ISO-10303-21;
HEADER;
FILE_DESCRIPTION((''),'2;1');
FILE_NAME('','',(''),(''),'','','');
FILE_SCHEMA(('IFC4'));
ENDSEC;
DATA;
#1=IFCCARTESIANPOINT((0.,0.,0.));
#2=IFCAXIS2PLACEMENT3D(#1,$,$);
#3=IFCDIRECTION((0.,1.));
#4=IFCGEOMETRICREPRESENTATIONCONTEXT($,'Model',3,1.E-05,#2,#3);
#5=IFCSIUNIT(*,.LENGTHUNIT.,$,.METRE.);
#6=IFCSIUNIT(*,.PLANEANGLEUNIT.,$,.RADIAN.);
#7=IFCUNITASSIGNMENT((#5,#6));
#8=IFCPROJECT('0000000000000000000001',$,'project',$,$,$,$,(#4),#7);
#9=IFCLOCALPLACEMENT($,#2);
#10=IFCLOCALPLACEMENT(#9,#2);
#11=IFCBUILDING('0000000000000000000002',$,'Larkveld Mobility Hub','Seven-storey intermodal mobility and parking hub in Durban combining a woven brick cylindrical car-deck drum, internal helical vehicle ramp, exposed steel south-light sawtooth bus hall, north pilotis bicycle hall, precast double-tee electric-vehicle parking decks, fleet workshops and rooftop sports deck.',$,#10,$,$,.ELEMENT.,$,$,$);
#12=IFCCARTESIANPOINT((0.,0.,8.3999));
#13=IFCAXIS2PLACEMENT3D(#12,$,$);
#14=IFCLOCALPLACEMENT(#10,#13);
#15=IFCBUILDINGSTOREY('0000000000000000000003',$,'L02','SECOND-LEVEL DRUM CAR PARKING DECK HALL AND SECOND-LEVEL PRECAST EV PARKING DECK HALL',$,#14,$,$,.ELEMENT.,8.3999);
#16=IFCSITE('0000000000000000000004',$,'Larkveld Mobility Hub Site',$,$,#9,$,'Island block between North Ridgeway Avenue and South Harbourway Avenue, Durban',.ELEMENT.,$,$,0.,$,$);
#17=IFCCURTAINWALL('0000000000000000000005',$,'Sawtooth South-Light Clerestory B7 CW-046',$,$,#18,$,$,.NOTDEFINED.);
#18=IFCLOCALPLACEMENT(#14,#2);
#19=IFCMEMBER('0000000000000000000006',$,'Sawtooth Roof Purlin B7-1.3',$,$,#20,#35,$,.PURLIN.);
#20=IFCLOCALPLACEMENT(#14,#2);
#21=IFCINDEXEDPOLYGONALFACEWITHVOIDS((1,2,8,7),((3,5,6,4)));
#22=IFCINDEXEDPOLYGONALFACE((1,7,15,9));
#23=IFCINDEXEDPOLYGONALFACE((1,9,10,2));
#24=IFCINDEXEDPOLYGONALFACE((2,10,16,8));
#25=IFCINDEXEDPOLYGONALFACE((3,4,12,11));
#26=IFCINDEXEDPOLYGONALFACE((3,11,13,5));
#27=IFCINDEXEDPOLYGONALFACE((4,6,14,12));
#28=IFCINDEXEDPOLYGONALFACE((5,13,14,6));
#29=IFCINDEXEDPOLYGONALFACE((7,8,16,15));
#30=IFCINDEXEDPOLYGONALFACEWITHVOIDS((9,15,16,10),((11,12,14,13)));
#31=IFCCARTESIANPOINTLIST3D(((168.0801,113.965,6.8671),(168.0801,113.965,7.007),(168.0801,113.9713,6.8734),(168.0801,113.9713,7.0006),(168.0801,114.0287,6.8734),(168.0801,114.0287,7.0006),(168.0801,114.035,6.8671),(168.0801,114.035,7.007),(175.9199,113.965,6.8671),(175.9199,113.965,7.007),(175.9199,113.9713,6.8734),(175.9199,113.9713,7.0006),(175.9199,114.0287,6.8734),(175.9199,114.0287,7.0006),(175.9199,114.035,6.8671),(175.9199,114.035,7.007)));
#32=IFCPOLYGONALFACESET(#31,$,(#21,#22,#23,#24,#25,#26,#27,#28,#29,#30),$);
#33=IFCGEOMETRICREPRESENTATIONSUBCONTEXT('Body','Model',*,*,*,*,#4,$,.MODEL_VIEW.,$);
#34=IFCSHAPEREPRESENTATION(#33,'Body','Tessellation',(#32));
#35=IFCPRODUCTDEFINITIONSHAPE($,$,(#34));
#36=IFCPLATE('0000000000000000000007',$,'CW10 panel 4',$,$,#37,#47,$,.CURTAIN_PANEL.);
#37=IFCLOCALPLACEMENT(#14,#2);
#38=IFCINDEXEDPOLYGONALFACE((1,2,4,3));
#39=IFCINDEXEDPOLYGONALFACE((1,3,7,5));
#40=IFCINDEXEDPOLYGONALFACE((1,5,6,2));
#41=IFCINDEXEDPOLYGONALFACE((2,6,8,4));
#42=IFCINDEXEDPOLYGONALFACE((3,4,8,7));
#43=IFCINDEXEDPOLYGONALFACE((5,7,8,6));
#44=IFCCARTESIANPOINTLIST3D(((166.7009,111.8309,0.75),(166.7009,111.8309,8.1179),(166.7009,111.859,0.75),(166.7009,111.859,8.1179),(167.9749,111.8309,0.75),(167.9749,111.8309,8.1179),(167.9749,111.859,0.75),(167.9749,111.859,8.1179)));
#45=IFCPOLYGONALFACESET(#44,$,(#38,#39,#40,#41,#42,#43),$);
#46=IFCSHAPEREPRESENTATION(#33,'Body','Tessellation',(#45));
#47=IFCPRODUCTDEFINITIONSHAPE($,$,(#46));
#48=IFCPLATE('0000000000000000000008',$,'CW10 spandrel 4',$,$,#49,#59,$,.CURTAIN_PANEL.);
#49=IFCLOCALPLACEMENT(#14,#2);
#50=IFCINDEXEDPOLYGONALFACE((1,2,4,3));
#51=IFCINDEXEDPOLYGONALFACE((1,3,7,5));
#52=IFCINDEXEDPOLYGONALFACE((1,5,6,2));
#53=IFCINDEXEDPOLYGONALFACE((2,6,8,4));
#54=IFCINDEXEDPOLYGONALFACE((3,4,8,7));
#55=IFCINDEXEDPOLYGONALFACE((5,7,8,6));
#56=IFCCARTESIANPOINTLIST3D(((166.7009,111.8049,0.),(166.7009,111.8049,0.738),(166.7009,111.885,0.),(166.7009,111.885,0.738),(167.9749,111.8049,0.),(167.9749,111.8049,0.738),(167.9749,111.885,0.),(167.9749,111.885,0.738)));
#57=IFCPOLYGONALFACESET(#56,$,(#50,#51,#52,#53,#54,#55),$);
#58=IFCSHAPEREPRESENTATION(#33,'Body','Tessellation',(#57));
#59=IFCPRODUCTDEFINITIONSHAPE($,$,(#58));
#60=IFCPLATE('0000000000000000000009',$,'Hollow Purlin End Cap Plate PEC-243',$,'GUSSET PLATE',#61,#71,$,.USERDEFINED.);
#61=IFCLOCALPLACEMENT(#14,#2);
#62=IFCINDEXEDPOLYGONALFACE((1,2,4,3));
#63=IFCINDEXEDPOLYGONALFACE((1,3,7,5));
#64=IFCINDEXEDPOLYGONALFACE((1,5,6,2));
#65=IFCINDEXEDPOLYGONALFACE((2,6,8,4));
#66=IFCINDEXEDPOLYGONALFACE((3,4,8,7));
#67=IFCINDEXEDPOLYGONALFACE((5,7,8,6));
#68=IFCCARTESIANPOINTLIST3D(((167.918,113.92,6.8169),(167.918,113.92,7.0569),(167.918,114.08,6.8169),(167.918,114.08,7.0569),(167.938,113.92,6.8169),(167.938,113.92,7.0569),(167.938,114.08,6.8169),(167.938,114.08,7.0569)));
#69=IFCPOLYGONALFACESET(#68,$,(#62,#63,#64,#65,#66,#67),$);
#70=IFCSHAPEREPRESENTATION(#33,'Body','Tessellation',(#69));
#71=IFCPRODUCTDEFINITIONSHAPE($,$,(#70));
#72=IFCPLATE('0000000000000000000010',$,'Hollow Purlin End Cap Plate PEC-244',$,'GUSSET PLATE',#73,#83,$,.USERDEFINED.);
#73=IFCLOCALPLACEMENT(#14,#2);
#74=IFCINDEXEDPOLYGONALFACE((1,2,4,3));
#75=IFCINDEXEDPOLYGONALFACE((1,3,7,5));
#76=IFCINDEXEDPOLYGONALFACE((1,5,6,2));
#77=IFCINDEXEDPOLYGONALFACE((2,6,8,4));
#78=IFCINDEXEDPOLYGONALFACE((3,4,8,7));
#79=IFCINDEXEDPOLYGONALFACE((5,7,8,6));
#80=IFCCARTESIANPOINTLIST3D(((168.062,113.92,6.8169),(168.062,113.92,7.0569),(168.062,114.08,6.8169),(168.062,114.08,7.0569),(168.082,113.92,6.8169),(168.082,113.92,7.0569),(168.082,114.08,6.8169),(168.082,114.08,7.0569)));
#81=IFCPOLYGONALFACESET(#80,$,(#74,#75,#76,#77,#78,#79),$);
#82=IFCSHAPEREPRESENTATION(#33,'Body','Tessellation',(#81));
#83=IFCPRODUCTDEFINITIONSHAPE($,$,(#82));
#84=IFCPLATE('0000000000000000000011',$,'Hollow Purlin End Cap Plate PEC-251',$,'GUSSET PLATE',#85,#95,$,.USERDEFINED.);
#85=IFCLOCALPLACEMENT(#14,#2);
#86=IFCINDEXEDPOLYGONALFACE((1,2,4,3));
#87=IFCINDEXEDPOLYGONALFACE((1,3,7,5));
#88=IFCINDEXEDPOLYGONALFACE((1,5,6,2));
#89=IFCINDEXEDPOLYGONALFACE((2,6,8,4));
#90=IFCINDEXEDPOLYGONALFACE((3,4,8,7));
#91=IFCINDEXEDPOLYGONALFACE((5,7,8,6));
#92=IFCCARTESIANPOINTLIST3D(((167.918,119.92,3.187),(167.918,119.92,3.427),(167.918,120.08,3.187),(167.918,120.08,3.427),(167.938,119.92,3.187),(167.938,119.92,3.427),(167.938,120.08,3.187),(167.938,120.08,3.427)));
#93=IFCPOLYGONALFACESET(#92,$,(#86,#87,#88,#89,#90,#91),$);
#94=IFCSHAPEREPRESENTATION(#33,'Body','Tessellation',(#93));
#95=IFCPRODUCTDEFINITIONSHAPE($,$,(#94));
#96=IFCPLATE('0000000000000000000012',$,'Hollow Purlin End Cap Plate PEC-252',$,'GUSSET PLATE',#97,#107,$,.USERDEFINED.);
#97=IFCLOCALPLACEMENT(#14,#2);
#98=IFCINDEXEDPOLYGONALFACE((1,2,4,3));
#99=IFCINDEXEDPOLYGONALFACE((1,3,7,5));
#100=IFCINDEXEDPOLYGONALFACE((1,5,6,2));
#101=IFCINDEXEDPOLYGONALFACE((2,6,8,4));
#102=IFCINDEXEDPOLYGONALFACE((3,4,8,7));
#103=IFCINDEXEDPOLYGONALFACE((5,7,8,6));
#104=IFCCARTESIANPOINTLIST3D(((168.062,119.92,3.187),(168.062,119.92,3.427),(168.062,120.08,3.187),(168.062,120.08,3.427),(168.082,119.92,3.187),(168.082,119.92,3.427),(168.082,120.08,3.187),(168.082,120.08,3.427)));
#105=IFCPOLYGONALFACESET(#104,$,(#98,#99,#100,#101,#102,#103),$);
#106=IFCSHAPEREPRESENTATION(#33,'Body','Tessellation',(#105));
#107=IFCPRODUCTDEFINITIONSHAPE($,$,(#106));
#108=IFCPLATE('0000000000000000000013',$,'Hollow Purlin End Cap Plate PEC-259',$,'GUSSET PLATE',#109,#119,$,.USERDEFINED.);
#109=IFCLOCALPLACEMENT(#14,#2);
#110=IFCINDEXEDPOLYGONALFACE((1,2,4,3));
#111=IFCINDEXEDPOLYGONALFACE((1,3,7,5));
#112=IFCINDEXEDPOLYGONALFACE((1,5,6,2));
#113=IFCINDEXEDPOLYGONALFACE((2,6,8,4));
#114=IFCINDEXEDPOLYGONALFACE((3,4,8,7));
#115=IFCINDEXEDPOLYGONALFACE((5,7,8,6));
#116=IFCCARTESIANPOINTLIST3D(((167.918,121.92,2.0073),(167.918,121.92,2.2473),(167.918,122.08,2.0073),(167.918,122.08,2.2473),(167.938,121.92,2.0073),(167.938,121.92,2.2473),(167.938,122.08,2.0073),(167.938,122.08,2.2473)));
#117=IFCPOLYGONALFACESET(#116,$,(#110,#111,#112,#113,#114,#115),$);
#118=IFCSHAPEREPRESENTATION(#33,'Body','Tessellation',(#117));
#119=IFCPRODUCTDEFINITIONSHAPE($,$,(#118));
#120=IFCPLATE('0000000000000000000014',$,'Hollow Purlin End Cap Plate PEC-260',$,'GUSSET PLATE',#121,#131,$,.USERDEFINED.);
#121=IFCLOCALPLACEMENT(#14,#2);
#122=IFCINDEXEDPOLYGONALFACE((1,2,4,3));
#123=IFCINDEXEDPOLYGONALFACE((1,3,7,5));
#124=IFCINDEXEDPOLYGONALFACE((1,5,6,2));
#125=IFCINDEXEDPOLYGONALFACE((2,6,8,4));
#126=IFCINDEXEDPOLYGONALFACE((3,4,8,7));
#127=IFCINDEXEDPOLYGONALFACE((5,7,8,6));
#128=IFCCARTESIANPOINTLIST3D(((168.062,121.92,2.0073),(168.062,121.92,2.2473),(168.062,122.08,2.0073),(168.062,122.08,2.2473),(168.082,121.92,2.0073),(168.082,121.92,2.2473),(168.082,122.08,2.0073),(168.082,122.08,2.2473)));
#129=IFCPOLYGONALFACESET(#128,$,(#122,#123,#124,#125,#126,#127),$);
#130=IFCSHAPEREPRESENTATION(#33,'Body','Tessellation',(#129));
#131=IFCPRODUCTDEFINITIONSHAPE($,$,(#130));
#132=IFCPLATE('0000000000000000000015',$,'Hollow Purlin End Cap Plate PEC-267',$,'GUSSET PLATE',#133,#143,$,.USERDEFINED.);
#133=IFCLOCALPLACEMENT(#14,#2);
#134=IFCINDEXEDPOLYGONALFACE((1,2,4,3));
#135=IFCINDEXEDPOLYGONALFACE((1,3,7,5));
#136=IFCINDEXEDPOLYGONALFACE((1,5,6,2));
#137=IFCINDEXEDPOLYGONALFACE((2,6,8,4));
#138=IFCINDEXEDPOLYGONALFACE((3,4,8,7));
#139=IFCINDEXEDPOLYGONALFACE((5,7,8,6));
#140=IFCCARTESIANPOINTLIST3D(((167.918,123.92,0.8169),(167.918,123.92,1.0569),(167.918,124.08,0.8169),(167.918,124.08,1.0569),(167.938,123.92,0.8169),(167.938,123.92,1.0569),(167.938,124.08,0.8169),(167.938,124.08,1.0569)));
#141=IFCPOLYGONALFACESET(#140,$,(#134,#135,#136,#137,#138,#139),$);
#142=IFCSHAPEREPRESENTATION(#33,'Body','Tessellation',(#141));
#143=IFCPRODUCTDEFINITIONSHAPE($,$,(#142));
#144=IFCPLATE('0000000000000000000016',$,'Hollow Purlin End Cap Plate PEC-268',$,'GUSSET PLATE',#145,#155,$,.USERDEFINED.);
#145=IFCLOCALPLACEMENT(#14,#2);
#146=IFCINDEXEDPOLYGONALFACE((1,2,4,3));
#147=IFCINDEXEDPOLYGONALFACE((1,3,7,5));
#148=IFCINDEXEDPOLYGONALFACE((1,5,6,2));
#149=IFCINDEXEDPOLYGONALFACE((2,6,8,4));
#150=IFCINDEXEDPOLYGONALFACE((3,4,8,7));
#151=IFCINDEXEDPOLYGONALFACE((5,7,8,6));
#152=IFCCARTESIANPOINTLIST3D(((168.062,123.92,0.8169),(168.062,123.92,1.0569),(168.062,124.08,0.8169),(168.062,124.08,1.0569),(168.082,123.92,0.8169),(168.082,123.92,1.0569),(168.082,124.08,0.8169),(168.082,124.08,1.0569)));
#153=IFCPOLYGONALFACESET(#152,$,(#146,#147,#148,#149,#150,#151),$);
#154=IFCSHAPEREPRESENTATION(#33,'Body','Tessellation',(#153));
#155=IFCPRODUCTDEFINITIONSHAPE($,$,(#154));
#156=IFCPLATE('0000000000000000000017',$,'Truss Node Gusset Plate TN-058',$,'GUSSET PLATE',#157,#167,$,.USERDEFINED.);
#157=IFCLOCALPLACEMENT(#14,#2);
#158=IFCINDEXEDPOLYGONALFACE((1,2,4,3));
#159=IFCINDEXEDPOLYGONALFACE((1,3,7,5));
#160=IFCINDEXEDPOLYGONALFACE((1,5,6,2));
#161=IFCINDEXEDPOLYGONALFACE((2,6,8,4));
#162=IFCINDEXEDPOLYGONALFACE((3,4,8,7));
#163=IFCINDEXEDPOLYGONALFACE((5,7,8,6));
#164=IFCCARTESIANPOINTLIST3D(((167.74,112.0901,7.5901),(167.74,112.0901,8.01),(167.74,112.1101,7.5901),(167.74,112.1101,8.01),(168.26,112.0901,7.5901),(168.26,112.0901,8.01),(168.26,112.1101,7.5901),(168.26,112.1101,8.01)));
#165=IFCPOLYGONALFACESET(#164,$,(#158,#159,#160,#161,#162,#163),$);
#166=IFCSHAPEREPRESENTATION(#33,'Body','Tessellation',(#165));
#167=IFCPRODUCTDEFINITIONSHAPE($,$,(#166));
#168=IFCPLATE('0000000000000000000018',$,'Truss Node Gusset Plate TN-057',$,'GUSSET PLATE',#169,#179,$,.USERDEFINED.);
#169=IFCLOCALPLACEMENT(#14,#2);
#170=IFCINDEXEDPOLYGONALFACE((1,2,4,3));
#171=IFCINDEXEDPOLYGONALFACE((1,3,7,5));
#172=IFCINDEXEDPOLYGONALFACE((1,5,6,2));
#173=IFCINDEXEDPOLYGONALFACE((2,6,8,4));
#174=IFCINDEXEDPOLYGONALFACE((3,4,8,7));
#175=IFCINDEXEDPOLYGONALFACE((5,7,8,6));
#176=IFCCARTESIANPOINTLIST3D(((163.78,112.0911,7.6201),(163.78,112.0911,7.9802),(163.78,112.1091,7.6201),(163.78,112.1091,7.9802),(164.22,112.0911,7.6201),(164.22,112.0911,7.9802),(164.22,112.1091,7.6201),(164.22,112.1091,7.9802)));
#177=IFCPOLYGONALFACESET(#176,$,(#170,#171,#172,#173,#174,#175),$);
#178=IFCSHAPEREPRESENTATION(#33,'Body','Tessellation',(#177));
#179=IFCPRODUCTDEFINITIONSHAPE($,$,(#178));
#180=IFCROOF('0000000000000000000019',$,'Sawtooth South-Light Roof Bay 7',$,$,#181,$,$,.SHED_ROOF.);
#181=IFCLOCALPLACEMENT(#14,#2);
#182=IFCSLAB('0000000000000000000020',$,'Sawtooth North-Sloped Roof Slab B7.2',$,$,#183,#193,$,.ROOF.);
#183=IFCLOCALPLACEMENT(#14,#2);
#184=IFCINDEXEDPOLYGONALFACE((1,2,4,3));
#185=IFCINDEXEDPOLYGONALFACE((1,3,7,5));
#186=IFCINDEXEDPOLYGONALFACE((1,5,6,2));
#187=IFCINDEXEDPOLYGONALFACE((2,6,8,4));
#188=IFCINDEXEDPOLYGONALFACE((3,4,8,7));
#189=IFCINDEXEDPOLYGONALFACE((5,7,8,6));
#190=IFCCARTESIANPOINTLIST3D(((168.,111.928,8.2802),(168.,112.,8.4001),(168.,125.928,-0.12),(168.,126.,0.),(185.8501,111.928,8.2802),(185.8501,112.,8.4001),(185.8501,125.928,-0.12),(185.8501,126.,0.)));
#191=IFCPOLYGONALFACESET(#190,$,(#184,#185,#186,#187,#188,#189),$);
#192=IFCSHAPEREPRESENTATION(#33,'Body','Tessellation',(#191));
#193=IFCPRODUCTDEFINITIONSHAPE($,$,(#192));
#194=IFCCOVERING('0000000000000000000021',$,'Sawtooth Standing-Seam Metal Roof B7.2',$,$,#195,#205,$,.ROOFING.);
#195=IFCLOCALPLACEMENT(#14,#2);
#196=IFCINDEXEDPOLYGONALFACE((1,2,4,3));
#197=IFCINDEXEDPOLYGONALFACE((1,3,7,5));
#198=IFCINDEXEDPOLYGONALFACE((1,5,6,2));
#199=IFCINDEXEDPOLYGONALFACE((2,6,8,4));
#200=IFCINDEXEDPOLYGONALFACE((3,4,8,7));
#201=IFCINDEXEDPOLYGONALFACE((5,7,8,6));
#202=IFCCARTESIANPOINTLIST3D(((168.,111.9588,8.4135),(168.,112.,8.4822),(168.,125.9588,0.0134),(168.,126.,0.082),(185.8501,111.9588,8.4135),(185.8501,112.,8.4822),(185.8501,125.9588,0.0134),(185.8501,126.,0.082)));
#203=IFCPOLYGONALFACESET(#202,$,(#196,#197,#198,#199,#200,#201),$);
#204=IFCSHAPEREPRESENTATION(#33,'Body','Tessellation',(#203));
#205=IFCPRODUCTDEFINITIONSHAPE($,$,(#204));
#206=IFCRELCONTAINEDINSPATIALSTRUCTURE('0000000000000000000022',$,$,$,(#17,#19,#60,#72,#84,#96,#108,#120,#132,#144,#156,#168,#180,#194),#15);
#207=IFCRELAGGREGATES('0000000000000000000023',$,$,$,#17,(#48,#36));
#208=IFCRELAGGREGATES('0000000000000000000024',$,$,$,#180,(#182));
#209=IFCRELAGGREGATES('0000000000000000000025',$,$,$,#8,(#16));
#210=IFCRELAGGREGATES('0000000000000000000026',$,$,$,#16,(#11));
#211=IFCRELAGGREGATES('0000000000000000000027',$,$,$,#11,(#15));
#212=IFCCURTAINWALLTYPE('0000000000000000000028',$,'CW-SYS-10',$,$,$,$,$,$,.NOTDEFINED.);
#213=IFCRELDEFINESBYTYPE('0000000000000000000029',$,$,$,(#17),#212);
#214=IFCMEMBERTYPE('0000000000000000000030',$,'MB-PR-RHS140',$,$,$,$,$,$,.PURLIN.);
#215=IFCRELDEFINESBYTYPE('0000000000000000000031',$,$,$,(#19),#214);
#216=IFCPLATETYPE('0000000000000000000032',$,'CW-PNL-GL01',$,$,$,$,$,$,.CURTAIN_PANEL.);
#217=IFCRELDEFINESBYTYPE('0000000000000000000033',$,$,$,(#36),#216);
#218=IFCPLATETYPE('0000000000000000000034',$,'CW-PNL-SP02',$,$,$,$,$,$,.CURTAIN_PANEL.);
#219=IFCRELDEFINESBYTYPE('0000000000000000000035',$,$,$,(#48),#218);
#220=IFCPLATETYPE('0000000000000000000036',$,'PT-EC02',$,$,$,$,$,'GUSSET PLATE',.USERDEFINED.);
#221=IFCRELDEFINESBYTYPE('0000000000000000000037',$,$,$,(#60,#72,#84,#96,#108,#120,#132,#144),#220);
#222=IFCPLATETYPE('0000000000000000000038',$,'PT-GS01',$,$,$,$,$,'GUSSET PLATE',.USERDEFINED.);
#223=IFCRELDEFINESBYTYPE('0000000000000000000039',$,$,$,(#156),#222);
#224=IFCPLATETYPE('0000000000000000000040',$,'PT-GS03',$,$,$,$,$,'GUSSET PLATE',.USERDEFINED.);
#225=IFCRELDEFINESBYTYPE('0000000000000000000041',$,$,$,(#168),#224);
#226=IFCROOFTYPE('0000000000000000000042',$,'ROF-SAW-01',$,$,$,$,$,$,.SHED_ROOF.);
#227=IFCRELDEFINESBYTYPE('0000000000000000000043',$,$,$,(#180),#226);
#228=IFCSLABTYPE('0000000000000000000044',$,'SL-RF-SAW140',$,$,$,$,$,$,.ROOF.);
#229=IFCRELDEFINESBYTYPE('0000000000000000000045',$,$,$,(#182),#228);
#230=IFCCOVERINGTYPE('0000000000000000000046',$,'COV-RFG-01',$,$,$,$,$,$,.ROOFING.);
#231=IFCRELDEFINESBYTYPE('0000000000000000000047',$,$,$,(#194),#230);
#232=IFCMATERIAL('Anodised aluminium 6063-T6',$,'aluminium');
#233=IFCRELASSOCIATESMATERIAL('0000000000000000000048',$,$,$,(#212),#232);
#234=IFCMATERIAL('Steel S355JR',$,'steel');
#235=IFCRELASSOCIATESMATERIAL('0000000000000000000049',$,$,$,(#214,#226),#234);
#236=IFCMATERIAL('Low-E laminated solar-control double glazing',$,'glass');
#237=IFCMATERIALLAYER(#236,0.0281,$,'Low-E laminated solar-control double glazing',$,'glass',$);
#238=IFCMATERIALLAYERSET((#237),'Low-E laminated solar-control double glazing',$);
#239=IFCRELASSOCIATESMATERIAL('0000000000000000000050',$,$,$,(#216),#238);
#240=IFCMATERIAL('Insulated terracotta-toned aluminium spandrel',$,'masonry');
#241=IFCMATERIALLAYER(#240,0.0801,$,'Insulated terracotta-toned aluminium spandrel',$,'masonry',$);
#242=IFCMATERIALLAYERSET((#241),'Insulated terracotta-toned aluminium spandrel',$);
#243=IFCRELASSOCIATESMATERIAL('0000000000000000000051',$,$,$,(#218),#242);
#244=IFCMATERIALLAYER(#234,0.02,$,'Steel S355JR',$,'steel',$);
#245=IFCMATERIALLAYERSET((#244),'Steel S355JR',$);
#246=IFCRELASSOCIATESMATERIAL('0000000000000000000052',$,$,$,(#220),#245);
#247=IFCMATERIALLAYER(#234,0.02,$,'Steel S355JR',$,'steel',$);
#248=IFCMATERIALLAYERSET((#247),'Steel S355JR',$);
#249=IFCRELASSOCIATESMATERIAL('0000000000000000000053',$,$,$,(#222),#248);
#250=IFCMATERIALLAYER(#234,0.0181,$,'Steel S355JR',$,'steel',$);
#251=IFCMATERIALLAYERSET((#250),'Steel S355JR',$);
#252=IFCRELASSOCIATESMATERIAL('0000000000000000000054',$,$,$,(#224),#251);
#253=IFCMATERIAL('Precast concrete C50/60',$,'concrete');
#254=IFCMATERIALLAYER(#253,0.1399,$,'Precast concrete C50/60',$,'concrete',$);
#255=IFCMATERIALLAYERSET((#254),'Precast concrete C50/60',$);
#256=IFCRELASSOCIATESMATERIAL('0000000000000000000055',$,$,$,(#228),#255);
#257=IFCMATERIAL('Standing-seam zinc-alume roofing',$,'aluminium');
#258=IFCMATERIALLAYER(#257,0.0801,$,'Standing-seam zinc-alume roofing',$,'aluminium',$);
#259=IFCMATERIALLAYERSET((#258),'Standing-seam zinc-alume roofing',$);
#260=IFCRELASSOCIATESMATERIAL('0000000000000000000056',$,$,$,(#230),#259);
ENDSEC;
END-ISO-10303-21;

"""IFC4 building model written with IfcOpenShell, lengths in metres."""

from ifc_helpers import new_model, si_unit, direction, frame, origin, origin_2d, place, context, subcontext, project, spatial, polyline, rectangle, hollow_rectangle, outline, extrude, material, layer, layer_set, material_profile, profile_set, type_object, element, aggregate, save


model = new_model("IFC4")

# Units and contexts
model_context = context("Model", 3, precision=1e-05, world=origin(), true_north=direction((0.0, 1.0)))
body_context = subcontext(model_context, "Body", "Model", "MODEL_VIEW")
ifc_project = project(units=[si_unit("LENGTHUNIT", "METRE"), si_unit("PLANEANGLEUNIT", "RADIAN")], contexts=[model_context])

# Site, building, storey
site_placement = place(None, origin())
site = spatial("IfcSite", under=ifc_project, at=site_placement, Name="Larkveld Mobility Hub Site", LongName="Island block between North Ridgeway Avenue and South Harbourway Avenue, Durban", CompositionType="ELEMENT", RefElevation=0.0)
building_placement = place(site_placement, origin())
building = spatial("IfcBuilding", under=site, at=building_placement, Name="Larkveld Mobility Hub", Description="Seven-storey intermodal mobility and parking hub in Durban combining a woven brick cylindrical car-deck drum, internal helical vehicle ramp, exposed steel south-light sawtooth bus hall, north pilotis bicycle hall, precast double-tee electric-vehicle parking decks, fleet workshops and rooftop sports deck.", CompositionType="ELEMENT")
storey_placement = place(building_placement, frame((0.0, 0.0, 8.3999)))
storey = spatial("IfcBuildingStorey", under=building, at=storey_placement, Name="L02", Description="SECOND-LEVEL DRUM CAR PARKING DECK HALL AND SECOND-LEVEL PRECAST EV PARKING DECK HALL", CompositionType="ELEMENT", Elevation=8.3999)

# Curtain wall
ifc_material_1 = material(Name="Anodised aluminium 6063-T6", Category="aluminium")
curtain_wall_type_1 = type_object("IfcCurtainWallType", Name="CW-SYS-10", PredefinedType="NOTDEFINED", material=ifc_material_1)
curtain_wall_1_placement = place(storey_placement, origin())
curtain_wall_1 = element("IfcCurtainWall", 1, at=curtain_wall_1_placement, inside=storey, type_object=curtain_wall_type_1, Name="Sawtooth South-Light Clerestory B7 CW-046", PredefinedType="NOTDEFINED")

# Member
ifc_material_2 = material(Name="Steel S355JR", Category="steel")
ifc_material_profile_1 = material_profile(ifc_material_2, hollow_rectangle(XDim=0.0701, YDim=0.1399, WallThickness=0.0063, at=origin_2d()), Name="RHS 140x70x6.3")
ifc_profile_set_1 = profile_set([ifc_material_profile_1], Name="Steel S355JR")
member_type_1 = type_object("IfcMemberType", Name="MB-PR-RHS140", PredefinedType="PURLIN", material=ifc_profile_set_1)
member_1_placement = place(storey_placement, frame((168.0801, 114.0, 6.937), z_axis=(1.0, 0.0, 0.0), x_axis=(0.0, 1.0, 0.0)))
element("IfcMember", 2, at=member_1_placement, inside=storey, type_object=member_type_1, Name="Sawtooth Roof Purlin B7-1.3", PredefinedType="PURLIN", context=body_context, shape_type="SweptSolid", body=[
    extrude(hollow_rectangle(XDim=0.0701, YDim=0.1399, WallThickness=0.0063, at=origin_2d()), origin(), (0.0, 0.0, 1.0), 7.8398),
])

# Plates
ifc_material_3 = material(Name="Low-E laminated solar-control double glazing", Category="glass")
ifc_layer_1 = layer(ifc_material_3, 0.0281, Name="Low-E laminated solar-control double glazing", Category="glass")
ifc_layer_set_1 = layer_set([ifc_layer_1], Name="Low-E laminated solar-control double glazing")
plate_type_1 = type_object("IfcPlateType", Name="CW-PNL-GL01", PredefinedType="CURTAIN_PANEL", material=ifc_layer_set_1)
plate_1_placement = place(storey_placement, frame((167.3379, 111.845, 0.75), z_axis=(0.0, 0.0, 1.0), x_axis=(1.0, 0.0, 0.0)))
plate_1 = element("IfcPlate", 3, at=plate_1_placement, type_object=plate_type_1, Name="CW10 panel 4", PredefinedType="CURTAIN_PANEL", context=body_context, shape_type="SweptSolid", body=[
    extrude(rectangle(XDim=1.2739, YDim=0.0281, at=origin_2d()), origin(), (0.0, 0.0, 1.0), 7.3679),
])
ifc_material_4 = material(Name="Insulated terracotta-toned aluminium spandrel", Category="masonry")
ifc_layer_2 = layer(ifc_material_4, 0.0801, Name="Insulated terracotta-toned aluminium spandrel", Category="masonry")
ifc_layer_set_2 = layer_set([ifc_layer_2], Name="Insulated terracotta-toned aluminium spandrel")
plate_type_2 = type_object("IfcPlateType", Name="CW-PNL-SP02", PredefinedType="CURTAIN_PANEL", material=ifc_layer_set_2)
plate_2_placement = place(storey_placement, frame((167.3379, 111.845, 0.0), z_axis=(0.0, 0.0, 1.0), x_axis=(1.0, 0.0, 0.0)))
plate_2 = element("IfcPlate", 4, at=plate_2_placement, type_object=plate_type_2, Name="CW10 spandrel 4", PredefinedType="CURTAIN_PANEL", context=body_context, shape_type="SweptSolid", body=[
    extrude(rectangle(XDim=1.2739, YDim=0.0801, at=origin_2d()), origin(), (0.0, 0.0, 1.0), 0.738),
])
aggregate(curtain_wall_1, [plate_2, plate_1])

# Plates
ifc_layer_3 = layer(ifc_material_2, 0.02, Name="Steel S355JR", Category="steel")
ifc_layer_set_3 = layer_set([ifc_layer_3], Name="Steel S355JR")
plate_type_3 = type_object("IfcPlateType", Name="PT-EC02", ElementType="GUSSET PLATE", PredefinedType="USERDEFINED", material=ifc_layer_set_3)
for number, where, z_axis, x_axis, name in (
    (5, (167.928, 114.0, 6.8169), (0.0, 0.0, 1.0), (1.0, 0.0, 0.0), "Hollow Purlin End Cap Plate PEC-243"),
    (6, (168.072, 114.0, 6.8169), (0.0, 0.0, 1.0), (1.0, 0.0, 0.0), "Hollow Purlin End Cap Plate PEC-244"),
    (7, (167.928, 120.0, 3.187), (0.0, 0.0, 1.0), (1.0, 0.0, 0.0), "Hollow Purlin End Cap Plate PEC-251"),
    (8, (168.072, 120.0, 3.187), (0.0, 0.0, 1.0), (1.0, 0.0, 0.0), "Hollow Purlin End Cap Plate PEC-252"),
    (9, (167.928, 122.0, 2.0073), (0.0, 0.0, 1.0), (1.0, 0.0, 0.0), "Hollow Purlin End Cap Plate PEC-259"),
    (10, (168.072, 122.0, 2.0073), (0.0, 0.0, 1.0), (1.0, 0.0, 0.0), "Hollow Purlin End Cap Plate PEC-260"),
    (11, (167.928, 124.0, 0.8169), (0.0, 0.0, 1.0), (1.0, 0.0, 0.0), "Hollow Purlin End Cap Plate PEC-267"),
    (12, (168.072, 124.0, 0.8169), (0.0, 0.0, 1.0), (1.0, 0.0, 0.0), "Hollow Purlin End Cap Plate PEC-268"),
):
    element("IfcPlate", number, at=place(storey_placement, frame(where, z_axis=z_axis, x_axis=x_axis)), inside=storey, type_object=plate_type_3, Name=name, ObjectType="GUSSET PLATE", PredefinedType="USERDEFINED", context=body_context, shape_type="SweptSolid", body=[
        extrude(rectangle(XDim=0.02, YDim=0.1599, at=origin_2d()), origin(), (0.0, 0.0, 1.0), 0.24),
    ])
ifc_layer_4 = layer(ifc_material_2, 0.02, Name="Steel S355JR", Category="steel")
ifc_layer_set_4 = layer_set([ifc_layer_4], Name="Steel S355JR")
plate_type_4 = type_object("IfcPlateType", Name="PT-GS01", ElementType="GUSSET PLATE", PredefinedType="USERDEFINED", material=ifc_layer_set_4)
plate_3_placement = place(storey_placement, frame((168.0, 112.1001, 7.5901), z_axis=(0.0, 0.0, 1.0), x_axis=(1.0, 0.0, 0.0)))
element("IfcPlate", 13, at=plate_3_placement, inside=storey, type_object=plate_type_4, Name="Truss Node Gusset Plate TN-058", ObjectType="GUSSET PLATE", PredefinedType="USERDEFINED", context=body_context, shape_type="SweptSolid", body=[
    extrude(rectangle(XDim=0.52, YDim=0.02, at=origin_2d()), origin(), (0.0, 0.0, 1.0), 0.4199),
])
ifc_layer_5 = layer(ifc_material_2, 0.0181, Name="Steel S355JR", Category="steel")
ifc_layer_set_5 = layer_set([ifc_layer_5], Name="Steel S355JR")
plate_type_5 = type_object("IfcPlateType", Name="PT-GS03", ElementType="GUSSET PLATE", PredefinedType="USERDEFINED", material=ifc_layer_set_5)
plate_4_placement = place(storey_placement, frame((164.0, 112.1001, 7.6201), z_axis=(0.0, 0.0, 1.0), x_axis=(1.0, 0.0, 0.0)))
element("IfcPlate", 14, at=plate_4_placement, inside=storey, type_object=plate_type_5, Name="Truss Node Gusset Plate TN-057", ObjectType="GUSSET PLATE", PredefinedType="USERDEFINED", context=body_context, shape_type="SweptSolid", body=[
    extrude(rectangle(XDim=0.4399, YDim=0.0181, at=origin_2d()), origin(), (0.0, 0.0, 1.0), 0.3601),
])

# Roof, slab
roof_type = type_object("IfcRoofType", Name="ROF-SAW-01", PredefinedType="SHED_ROOF", material=ifc_material_2)
roof_placement = place(storey_placement, origin())
roof = element("IfcRoof", 15, at=roof_placement, inside=storey, type_object=roof_type, Name="Sawtooth South-Light Roof Bay 7", PredefinedType="SHED_ROOF")
ifc_material_5 = material(Name="Precast concrete C50/60", Category="concrete")
ifc_layer_6 = layer(ifc_material_5, 0.1399, Name="Precast concrete C50/60", Category="concrete")
ifc_layer_set_6 = layer_set([ifc_layer_6], Name="Precast concrete C50/60")
slab_type = type_object("IfcSlabType", Name="SL-RF-SAW140", PredefinedType="ROOF", material=ifc_layer_set_6)
slab_placement = place(storey_placement, frame((168.0, 112.0, 8.4001), z_axis=(0.0, 0.514502, 0.857489), x_axis=(1.0, 0.0, 0.0)))
slab = element("IfcSlab", 16, at=slab_placement, type_object=slab_type, Name="Sawtooth North-Sloped Roof Slab B7.2", PredefinedType="ROOF", context=body_context, shape_type="SweptSolid", body=[
    extrude(outline(polyline([(0.0, 0.0), (17.8501, 0.0), (17.8501, 16.3267), (0.0, 16.3267), (0.0, 0.0)])), origin(), (0.0, 0.0, -1.0), 0.1399),
])
aggregate(roof, [slab])

# Covering
ifc_material_6 = material(Name="Standing-seam zinc-alume roofing", Category="aluminium")
ifc_layer_7 = layer(ifc_material_6, 0.0801, Name="Standing-seam zinc-alume roofing", Category="aluminium")
ifc_layer_set_7 = layer_set([ifc_layer_7], Name="Standing-seam zinc-alume roofing")
covering_type = type_object("IfcCoveringType", Name="COV-RFG-01", PredefinedType="ROOFING", material=ifc_layer_set_7)
covering_placement = place(storey_placement, frame((168.0, 112.0, 8.4822), z_axis=(0.0, 0.514502, 0.857489), x_axis=(1.0, 0.0, 0.0)))
element("IfcCovering", 17, at=covering_placement, inside=storey, type_object=covering_type, Name="Sawtooth Standing-Seam Metal Roof B7.2", PredefinedType="ROOFING", context=body_context, shape_type="SweptSolid", body=[
    extrude(outline(polyline([(0.0, 0.0), (17.8501, 0.0), (17.8501, 16.3267), (0.0, 16.3267), (0.0, 0.0)])), origin(), (0.0, 0.0, -1.0), 0.0801),
])

save(model, "model.ifc")
